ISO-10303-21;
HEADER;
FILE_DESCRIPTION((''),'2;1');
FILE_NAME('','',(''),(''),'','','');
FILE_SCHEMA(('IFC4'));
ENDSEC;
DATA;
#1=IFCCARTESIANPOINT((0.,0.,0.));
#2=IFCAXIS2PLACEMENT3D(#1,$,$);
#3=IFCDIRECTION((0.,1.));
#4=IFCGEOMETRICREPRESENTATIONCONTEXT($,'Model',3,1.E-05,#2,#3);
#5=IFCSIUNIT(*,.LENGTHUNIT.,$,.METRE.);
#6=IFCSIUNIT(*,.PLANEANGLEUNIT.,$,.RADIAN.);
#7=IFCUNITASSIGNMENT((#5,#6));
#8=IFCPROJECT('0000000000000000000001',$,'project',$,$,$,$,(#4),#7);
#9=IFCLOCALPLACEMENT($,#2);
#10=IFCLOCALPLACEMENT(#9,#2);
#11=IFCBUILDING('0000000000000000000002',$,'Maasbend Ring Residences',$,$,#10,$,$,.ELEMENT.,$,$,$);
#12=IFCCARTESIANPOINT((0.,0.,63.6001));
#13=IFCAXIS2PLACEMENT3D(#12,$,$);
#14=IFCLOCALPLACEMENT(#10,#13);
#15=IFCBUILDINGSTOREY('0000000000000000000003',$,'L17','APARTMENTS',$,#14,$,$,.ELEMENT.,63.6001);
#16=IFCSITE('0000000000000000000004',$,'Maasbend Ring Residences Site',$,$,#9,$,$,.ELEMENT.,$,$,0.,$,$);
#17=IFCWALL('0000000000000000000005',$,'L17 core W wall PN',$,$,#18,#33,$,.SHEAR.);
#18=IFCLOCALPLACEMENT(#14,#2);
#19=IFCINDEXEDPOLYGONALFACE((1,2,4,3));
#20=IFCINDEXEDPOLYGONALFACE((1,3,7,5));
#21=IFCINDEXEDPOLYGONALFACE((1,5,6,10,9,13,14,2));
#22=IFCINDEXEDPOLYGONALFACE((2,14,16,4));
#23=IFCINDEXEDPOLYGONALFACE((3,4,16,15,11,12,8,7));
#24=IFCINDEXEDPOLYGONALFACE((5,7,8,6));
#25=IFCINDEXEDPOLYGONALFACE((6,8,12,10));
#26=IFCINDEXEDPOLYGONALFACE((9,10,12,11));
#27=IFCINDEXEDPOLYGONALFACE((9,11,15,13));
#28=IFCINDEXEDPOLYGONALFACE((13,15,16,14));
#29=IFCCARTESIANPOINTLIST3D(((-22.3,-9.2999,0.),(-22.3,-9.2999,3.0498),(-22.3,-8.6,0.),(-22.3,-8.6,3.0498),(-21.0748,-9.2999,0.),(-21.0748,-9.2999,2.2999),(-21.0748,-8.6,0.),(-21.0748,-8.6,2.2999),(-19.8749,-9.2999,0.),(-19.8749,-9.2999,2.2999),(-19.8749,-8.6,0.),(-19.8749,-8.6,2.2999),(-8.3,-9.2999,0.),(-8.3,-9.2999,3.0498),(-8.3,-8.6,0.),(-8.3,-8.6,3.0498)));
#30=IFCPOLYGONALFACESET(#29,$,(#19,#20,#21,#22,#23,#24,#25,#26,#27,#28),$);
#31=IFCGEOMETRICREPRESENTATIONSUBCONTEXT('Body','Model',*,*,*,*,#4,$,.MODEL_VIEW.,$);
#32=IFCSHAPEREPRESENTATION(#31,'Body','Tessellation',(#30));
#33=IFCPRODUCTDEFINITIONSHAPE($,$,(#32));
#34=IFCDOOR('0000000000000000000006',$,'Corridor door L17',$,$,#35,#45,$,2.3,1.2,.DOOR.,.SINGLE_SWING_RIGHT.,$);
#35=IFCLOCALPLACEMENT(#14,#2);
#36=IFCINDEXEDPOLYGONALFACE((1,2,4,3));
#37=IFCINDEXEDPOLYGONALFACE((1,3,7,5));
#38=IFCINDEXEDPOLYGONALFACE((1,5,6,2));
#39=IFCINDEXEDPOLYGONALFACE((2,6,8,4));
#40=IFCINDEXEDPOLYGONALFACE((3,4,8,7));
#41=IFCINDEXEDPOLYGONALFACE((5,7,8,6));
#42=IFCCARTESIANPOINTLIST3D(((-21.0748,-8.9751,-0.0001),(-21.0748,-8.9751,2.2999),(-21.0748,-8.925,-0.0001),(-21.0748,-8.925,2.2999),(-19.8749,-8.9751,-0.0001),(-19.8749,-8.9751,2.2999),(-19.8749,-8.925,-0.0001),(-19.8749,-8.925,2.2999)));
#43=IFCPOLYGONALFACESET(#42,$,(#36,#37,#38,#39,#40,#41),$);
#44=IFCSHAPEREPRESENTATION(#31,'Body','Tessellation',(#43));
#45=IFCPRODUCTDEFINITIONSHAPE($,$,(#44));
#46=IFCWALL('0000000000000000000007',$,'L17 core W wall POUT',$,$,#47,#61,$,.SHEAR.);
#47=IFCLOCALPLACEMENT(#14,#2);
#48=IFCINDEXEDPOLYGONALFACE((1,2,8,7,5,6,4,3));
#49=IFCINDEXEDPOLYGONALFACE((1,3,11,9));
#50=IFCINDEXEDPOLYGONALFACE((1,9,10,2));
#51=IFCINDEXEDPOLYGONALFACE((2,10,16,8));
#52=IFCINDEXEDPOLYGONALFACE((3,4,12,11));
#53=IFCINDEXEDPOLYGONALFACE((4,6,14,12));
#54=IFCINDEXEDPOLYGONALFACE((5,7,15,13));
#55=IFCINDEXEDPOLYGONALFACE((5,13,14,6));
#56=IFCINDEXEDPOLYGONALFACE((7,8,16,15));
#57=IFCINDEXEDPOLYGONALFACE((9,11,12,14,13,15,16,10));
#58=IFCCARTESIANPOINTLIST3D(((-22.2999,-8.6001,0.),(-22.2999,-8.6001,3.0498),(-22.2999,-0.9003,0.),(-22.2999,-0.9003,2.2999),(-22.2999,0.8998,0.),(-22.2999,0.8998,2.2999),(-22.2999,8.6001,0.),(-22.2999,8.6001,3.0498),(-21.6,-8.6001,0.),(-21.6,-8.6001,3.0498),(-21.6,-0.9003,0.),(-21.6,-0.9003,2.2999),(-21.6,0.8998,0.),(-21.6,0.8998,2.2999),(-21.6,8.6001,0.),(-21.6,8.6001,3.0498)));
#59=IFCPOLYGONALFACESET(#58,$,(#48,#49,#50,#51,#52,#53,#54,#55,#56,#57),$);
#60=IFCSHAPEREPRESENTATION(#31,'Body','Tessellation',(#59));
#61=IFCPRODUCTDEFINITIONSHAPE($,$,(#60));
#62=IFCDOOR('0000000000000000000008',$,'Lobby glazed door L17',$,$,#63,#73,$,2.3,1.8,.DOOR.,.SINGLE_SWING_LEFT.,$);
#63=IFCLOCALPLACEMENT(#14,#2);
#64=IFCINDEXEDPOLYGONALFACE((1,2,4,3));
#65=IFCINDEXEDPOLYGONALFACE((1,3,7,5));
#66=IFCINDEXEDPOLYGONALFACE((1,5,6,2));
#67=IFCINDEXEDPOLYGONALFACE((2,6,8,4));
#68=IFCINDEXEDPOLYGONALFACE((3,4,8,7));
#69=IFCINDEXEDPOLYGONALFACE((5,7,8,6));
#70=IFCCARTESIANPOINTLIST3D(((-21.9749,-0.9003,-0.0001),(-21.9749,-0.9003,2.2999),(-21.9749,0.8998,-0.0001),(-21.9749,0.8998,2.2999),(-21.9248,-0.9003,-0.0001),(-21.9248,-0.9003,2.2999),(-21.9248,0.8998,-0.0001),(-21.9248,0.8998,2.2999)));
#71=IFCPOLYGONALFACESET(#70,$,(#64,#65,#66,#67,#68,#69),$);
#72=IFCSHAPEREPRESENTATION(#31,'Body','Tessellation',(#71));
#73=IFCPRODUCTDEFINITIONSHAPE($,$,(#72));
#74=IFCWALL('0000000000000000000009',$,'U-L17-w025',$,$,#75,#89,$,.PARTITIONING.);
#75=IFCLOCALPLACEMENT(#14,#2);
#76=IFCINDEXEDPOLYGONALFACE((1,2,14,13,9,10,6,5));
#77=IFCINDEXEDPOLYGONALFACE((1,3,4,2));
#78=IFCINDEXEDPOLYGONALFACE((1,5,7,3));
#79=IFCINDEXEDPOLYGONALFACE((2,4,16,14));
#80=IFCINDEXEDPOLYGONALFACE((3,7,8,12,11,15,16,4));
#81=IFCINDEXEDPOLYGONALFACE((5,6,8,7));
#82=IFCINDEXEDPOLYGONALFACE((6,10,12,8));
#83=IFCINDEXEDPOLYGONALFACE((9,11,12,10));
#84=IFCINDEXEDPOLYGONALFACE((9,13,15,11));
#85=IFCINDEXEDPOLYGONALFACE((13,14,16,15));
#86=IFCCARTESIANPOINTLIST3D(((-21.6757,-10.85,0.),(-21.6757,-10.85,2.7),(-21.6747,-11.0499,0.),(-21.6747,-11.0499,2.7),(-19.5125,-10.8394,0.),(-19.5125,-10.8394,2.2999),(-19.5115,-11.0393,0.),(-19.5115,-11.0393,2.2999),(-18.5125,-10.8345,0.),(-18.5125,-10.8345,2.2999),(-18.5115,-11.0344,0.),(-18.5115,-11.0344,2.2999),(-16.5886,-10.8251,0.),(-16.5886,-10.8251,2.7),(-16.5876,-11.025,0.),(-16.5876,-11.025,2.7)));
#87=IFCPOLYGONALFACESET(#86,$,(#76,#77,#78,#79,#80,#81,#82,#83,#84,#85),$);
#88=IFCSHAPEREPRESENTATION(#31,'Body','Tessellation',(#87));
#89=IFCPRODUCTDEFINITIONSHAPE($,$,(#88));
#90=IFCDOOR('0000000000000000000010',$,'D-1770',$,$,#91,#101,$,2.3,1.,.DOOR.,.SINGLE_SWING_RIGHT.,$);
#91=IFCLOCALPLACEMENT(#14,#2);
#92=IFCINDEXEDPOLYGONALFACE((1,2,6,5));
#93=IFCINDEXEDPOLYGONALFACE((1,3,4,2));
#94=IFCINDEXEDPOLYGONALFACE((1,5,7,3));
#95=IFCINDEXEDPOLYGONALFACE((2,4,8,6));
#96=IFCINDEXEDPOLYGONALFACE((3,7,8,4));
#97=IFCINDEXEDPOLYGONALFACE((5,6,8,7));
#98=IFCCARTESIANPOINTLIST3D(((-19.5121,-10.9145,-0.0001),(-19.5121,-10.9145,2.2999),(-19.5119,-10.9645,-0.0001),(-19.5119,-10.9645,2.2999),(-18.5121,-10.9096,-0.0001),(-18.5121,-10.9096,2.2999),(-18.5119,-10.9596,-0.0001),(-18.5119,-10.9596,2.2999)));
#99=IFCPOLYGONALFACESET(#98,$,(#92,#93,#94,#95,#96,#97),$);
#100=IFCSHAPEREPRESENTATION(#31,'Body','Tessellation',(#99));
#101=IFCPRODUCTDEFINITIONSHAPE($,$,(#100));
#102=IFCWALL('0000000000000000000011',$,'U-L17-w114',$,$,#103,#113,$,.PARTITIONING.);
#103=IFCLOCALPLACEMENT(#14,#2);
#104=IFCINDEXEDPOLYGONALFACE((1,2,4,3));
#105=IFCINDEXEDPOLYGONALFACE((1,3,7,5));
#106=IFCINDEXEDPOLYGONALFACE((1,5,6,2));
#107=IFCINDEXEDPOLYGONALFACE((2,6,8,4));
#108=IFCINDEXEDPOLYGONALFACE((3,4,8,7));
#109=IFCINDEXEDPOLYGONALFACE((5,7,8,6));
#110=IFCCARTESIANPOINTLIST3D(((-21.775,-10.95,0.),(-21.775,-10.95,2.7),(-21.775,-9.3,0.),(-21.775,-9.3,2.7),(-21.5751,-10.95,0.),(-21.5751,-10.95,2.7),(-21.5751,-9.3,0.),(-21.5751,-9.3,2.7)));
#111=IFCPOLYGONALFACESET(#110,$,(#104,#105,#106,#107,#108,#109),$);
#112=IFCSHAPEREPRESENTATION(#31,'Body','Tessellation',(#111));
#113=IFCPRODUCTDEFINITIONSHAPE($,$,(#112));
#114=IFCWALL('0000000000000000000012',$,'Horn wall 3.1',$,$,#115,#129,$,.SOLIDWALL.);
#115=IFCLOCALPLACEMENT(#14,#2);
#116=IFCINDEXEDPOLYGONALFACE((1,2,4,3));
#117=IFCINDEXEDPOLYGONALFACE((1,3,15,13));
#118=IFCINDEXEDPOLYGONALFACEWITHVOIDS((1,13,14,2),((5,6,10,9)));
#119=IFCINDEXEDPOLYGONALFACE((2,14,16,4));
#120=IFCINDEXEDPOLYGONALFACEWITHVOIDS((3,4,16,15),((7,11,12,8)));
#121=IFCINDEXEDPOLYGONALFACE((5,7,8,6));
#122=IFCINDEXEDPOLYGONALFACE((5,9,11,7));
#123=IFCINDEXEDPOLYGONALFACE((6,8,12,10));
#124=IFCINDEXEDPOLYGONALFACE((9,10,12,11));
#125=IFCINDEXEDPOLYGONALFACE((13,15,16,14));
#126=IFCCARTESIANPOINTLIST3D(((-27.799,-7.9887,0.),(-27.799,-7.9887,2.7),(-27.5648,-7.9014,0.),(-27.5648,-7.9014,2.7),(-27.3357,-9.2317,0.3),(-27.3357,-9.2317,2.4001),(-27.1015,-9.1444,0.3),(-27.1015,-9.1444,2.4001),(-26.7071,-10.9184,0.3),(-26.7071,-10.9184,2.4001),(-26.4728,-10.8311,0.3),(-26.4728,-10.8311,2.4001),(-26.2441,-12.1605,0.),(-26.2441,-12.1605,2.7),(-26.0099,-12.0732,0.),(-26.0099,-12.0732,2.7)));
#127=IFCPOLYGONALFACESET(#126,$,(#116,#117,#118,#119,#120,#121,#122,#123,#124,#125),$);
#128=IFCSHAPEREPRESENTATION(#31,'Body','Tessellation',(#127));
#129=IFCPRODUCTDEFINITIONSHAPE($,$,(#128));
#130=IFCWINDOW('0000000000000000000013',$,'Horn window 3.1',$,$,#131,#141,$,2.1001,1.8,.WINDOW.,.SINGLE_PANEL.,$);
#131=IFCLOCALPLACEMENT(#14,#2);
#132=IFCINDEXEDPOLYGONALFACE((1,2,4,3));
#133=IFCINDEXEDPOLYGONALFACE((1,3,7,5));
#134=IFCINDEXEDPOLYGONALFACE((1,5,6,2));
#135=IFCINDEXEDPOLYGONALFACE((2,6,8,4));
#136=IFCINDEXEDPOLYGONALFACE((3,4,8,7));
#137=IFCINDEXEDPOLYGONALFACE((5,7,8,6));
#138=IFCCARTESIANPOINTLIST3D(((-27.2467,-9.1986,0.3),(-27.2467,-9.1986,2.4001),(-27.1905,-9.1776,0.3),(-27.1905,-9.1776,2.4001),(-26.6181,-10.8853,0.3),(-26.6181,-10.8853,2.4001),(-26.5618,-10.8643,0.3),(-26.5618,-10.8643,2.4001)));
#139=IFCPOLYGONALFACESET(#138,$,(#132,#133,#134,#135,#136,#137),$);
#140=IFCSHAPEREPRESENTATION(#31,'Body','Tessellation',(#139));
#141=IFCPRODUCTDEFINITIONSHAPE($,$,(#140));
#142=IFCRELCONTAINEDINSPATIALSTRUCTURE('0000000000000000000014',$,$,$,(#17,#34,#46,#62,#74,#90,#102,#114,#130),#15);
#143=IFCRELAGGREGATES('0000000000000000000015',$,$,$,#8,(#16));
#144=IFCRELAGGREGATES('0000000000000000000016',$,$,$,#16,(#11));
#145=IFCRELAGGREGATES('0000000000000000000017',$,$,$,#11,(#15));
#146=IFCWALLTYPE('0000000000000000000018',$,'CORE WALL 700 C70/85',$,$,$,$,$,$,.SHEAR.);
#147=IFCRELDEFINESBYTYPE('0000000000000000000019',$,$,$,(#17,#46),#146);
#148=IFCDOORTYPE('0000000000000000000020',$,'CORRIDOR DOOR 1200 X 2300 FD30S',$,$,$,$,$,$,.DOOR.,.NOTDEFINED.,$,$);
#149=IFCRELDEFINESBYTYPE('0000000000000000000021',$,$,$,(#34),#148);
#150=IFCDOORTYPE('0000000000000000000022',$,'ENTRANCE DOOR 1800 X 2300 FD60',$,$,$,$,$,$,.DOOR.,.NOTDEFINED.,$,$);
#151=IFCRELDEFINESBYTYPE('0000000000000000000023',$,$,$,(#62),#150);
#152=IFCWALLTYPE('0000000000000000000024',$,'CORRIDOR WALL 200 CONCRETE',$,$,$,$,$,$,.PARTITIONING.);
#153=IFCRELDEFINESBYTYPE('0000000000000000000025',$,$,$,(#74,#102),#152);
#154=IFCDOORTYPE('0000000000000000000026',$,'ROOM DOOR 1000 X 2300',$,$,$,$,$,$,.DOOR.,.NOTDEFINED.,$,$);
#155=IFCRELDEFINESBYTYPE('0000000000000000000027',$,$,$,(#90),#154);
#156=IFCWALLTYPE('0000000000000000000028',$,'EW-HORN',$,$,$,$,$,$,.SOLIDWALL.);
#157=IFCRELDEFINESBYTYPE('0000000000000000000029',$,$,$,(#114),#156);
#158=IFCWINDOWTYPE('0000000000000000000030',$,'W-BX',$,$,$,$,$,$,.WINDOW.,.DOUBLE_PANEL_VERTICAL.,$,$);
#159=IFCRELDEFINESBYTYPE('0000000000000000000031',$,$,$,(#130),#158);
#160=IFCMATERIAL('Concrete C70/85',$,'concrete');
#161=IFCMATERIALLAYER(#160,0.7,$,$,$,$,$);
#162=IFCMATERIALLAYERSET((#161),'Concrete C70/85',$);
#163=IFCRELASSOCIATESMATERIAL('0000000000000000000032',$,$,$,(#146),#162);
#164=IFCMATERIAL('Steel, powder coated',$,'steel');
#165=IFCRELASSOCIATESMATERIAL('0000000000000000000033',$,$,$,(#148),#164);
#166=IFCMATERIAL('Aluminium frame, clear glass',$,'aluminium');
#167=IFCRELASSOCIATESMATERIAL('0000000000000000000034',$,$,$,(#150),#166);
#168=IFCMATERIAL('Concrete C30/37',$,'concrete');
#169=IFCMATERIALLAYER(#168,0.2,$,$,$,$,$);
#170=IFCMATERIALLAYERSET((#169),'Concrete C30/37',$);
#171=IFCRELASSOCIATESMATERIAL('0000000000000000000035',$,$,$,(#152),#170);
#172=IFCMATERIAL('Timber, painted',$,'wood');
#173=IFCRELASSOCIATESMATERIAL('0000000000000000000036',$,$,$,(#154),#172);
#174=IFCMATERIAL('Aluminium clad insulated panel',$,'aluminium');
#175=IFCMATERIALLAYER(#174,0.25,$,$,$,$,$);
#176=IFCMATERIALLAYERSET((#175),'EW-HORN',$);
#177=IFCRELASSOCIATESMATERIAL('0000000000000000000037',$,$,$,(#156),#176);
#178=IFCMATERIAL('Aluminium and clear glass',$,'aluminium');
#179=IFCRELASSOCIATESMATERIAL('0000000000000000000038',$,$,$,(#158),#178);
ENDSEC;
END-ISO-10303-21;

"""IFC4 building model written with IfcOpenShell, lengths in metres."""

from ifc_helpers import new_model, si_unit, direction, frame, frame_2d, origin, place, context, subcontext, project, spatial, rectangle, extrude, material, layer, layer_set, type_object, element, fill, save


model = new_model("IFC4")

# Units and contexts
model_context = context("Model", 3, precision=1e-05, world=origin(), true_north=direction((0.0, 1.0)))
body_context = subcontext(model_context, "Body", "Model", "MODEL_VIEW")
ifc_project = project(units=[si_unit("LENGTHUNIT", "METRE"), si_unit("PLANEANGLEUNIT", "RADIAN")], contexts=[model_context])

# Site, building, storey
site_placement = place(None, origin())
site = spatial("IfcSite", under=ifc_project, at=site_placement, Name="Maasbend Ring Residences Site", CompositionType="ELEMENT", RefElevation=0.0)
building_placement = place(site_placement, origin())
building = spatial("IfcBuilding", under=site, at=building_placement, Name="Maasbend Ring Residences", CompositionType="ELEMENT")
storey_placement = place(building_placement, frame((0.0, 0.0, 63.6001)))
storey = spatial("IfcBuildingStorey", under=building, at=storey_placement, Name="L17", Description="APARTMENTS", CompositionType="ELEMENT", Elevation=63.6001)

# Walls, openings, doors
ifc_material_1 = material(Name="Concrete C70/85", Category="concrete")
ifc_layer_1 = layer(ifc_material_1, 0.7)
ifc_layer_set_1 = layer_set([ifc_layer_1], Name="Concrete C70/85")
wall_type_1 = type_object("IfcWallType", Name="CORE WALL 700 C70/85", PredefinedType="SHEAR", material=ifc_layer_set_1)
wall_1_placement = place(storey_placement, frame((-22.3, -8.95, 0.0), z_axis=(0.0, 0.0, 1.0), x_axis=(1.0, 0.0, 0.0)))
wall_1 = element("IfcWall", 1, at=wall_1_placement, inside=storey, type_object=wall_type_1, Name="L17 core W wall PN", PredefinedType="SHEAR", context=body_context, shape_type="SweptSolid", body=[
    extrude(rectangle(XDim=14.0, YDim=0.7, at=frame_2d((7.0, 0.0))), origin(), (0.0, 0.0, 1.0), 3.0498),
])
opening_1_placement = place(wall_1_placement, frame((1.2251, 0.0, 0.0)))
opening_1 = element("IfcOpeningElement", 2, at=opening_1_placement, cuts=wall_1, PredefinedType="OPENING", context=body_context, shape_type="SweptSolid", body=[
    extrude(rectangle(XDim=1.2, YDim=2.3, at=frame_2d((0.6001, 1.1499))), frame((0.0, 0.3599, 0.0), z_axis=(0.0, -1.0, 0.0), x_axis=(1.0, 0.0, 0.0)), (0.0, 0.0, 1.0), 0.72),
])
ifc_material_2 = material(Name="Steel, powder coated", Category="steel")
door_type_1 = type_object("IfcDoorType", Name="CORRIDOR DOOR 1200 X 2300 FD30S", OperationType="NOTDEFINED", PredefinedType="DOOR", material=ifc_material_2)
door_1_placement = place(opening_1_placement, origin())
door_1 = element("IfcDoor", 3, at=door_1_placement, inside=storey, type_object=door_type_1, Name="Corridor door L17", OperationType="SINGLE_SWING_RIGHT", OverallHeight=2.3, OverallWidth=1.2, PredefinedType="DOOR", context=body_context, shape_type="SweptSolid", body=[
    extrude(rectangle(XDim=1.2, YDim=2.3, at=frame_2d((0.6001, 1.1499))), frame((0.0, 0.0249, 0.0), z_axis=(0.0, -1.0, 0.0), x_axis=(1.0, 0.0, 0.0)), (0.0, 0.0, 1.0), 0.05),
])
fill(opening_1, door_1)
wall_2_placement = place(storey_placement, frame((-21.95, -8.6001, 0.0), z_axis=(0.0, 0.0, 1.0), x_axis=(0.0, 1.0, 0.0)))
wall_2 = element("IfcWall", 4, at=wall_2_placement, inside=storey, type_object=wall_type_1, Name="L17 core W wall POUT", PredefinedType="SHEAR", context=body_context, shape_type="SweptSolid", body=[
    extrude(rectangle(XDim=17.2002, YDim=0.7, at=frame_2d((8.6001, 0.0))), origin(), (0.0, 0.0, 1.0), 3.0498),
])
opening_2_placement = place(wall_2_placement, frame((7.7, 0.0, 0.0)))
opening_2 = element("IfcOpeningElement", 5, at=opening_2_placement, cuts=wall_2, PredefinedType="OPENING", context=body_context, shape_type="SweptSolid", body=[
    extrude(rectangle(XDim=1.8, YDim=2.3, at=frame_2d((0.8999, 1.1499))), frame((0.0, 0.3599, 0.0), z_axis=(0.0, -1.0, 0.0), x_axis=(1.0, 0.0, 0.0)), (0.0, 0.0, 1.0), 0.72),
])
ifc_material_3 = material(Name="Aluminium frame, clear glass", Category="aluminium")
door_type_2 = type_object("IfcDoorType", Name="ENTRANCE DOOR 1800 X 2300 FD60", OperationType="NOTDEFINED", PredefinedType="DOOR", material=ifc_material_3)
door_2_placement = place(opening_2_placement, origin())
door_2 = element("IfcDoor", 6, at=door_2_placement, inside=storey, type_object=door_type_2, Name="Lobby glazed door L17", OperationType="SINGLE_SWING_LEFT", OverallHeight=2.3, OverallWidth=1.8, PredefinedType="DOOR", context=body_context, shape_type="SweptSolid", body=[
    extrude(rectangle(XDim=1.8, YDim=2.3, at=frame_2d((0.8999, 1.1499))), frame((0.0, 0.0249, 0.0), z_axis=(0.0, -1.0, 0.0), x_axis=(1.0, 0.0, 0.0)), (0.0, 0.0, 1.0), 0.05),
])
fill(opening_2, door_2)
ifc_material_4 = material(Name="Concrete C30/37", Category="concrete")
ifc_layer_2 = layer(ifc_material_4, 0.2)
ifc_layer_set_2 = layer_set([ifc_layer_2], Name="Concrete C30/37")
wall_type_2 = type_object("IfcWallType", Name="CORRIDOR WALL 200 CONCRETE", PredefinedType="PARTITIONING", material=ifc_layer_set_2)
wall_3_placement = place(storey_placement, frame((-21.675, -10.95, 0.0), z_axis=(0.0, 0.0, 1.0), x_axis=(0.999988, 0.004895, 0.0)))
wall_3 = element("IfcWall", 7, at=wall_3_placement, inside=storey, type_object=wall_type_2, Name="U-L17-w025", PredefinedType="PARTITIONING", context=body_context, shape_type="SweptSolid", body=[
    extrude(rectangle(XDim=5.0872, YDim=0.2, at=frame_2d((2.5435, 0.0))), origin(), (0.0, 0.0, 1.0), 2.7),
])
opening_3_placement = place(wall_3_placement, frame((2.1631, 0.0, 0.0)))
opening_3 = element("IfcOpeningElement", 8, at=opening_3_placement, cuts=wall_3, PredefinedType="OPENING", context=body_context, shape_type="SweptSolid", body=[
    extrude(rectangle(XDim=1.0, YDim=2.3, at=frame_2d((0.5, 1.1499))), frame((0.0, 0.1099, 0.0), z_axis=(0.0, -1.0, 0.0), x_axis=(1.0, 0.0, 0.0)), (0.0, 0.0, 1.0), 0.22),
])
ifc_material_5 = material(Name="Timber, painted", Category="wood")
door_type_3 = type_object("IfcDoorType", Name="ROOM DOOR 1000 X 2300", OperationType="NOTDEFINED", PredefinedType="DOOR", material=ifc_material_5)
door_3_placement = place(opening_3_placement, origin())
door_3 = element("IfcDoor", 9, at=door_3_placement, inside=storey, type_object=door_type_3, Name="D-1770", OperationType="SINGLE_SWING_RIGHT", OverallHeight=2.3, OverallWidth=1.0, PredefinedType="DOOR", context=body_context, shape_type="SweptSolid", body=[
    extrude(rectangle(XDim=1.0, YDim=2.3, at=frame_2d((0.5, 1.1499))), frame((0.0, 0.0249, 0.0), z_axis=(0.0, -1.0, 0.0), x_axis=(1.0, 0.0, 0.0)), (0.0, 0.0, 1.0), 0.05),
])
fill(opening_3, door_3)

# Wall
wall_4_placement = place(storey_placement, frame((-21.675, -10.95, 0.0), z_axis=(0.0, 0.0, 1.0), x_axis=(0.0, 1.0, 0.0)))
element("IfcWall", 10, at=wall_4_placement, inside=storey, type_object=wall_type_2, Name="U-L17-w114", PredefinedType="PARTITIONING", context=body_context, shape_type="SweptSolid", body=[
    extrude(rectangle(XDim=1.6499, YDim=0.2, at=frame_2d((0.825, 0.0))), origin(), (0.0, 0.0, 1.0), 2.7),
])

# Wall, opening, window
ifc_material_6 = material(Name="Aluminium clad insulated panel", Category="aluminium")
ifc_layer_3 = layer(ifc_material_6, 0.25)
ifc_layer_set_3 = layer_set([ifc_layer_3], Name="EW-HORN")
wall_type_3 = type_object("IfcWallType", Name="EW-HORN", PredefinedType="SOLIDWALL", material=ifc_layer_set_3)
wall_5_placement = place(storey_placement, frame((-27.6819, -7.9451, 0.0), z_axis=(0.0, 0.0, 1.0), x_axis=(0.349248, -0.93703, 0.0)))
wall_5 = element("IfcWall", 11, at=wall_5_placement, inside=storey, type_object=wall_type_3, Name="Horn wall 3.1", PredefinedType="SOLIDWALL", context=body_context, shape_type="SweptSolid", body=[
    extrude(rectangle(XDim=4.4521, YDim=0.25, at=frame_2d((2.2261, 0.0))), origin(), (0.0, 0.0, 1.0), 2.7),
])
opening_4_placement = place(wall_5_placement, frame((1.3267, 0.0, 0.3)))
opening_4 = element("IfcOpeningElement", 12, at=opening_4_placement, cuts=wall_5, PredefinedType="OPENING", context=body_context, shape_type="SweptSolid", body=[
    extrude(rectangle(XDim=1.8, YDim=2.1001, at=frame_2d((0.8999, 1.05))), frame((0.0, 0.135, 0.0), z_axis=(0.0, -1.0, 0.0), x_axis=(1.0, 0.0, 0.0)), (0.0, 0.0, 1.0), 0.27),
])
ifc_material_7 = material(Name="Aluminium and clear glass", Category="aluminium")
window_type_1 = type_object("IfcWindowType", Name="W-BX", PartitioningType="DOUBLE_PANEL_VERTICAL", PredefinedType="WINDOW", material=ifc_material_7)
window_1_placement = place(opening_4_placement, origin())
window_1 = element("IfcWindow", 13, at=window_1_placement, inside=storey, type_object=window_type_1, Name="Horn window 3.1", OverallHeight=2.1001, OverallWidth=1.8, PartitioningType="SINGLE_PANEL", PredefinedType="WINDOW", context=body_context, shape_type="SweptSolid", body=[
    extrude(rectangle(XDim=1.8, YDim=2.1001, at=frame_2d((0.8999, 1.05))), frame((0.0, 0.03, 0.0), z_axis=(0.0, -1.0, 0.0), x_axis=(1.0, 0.0, 0.0)), (0.0, 0.0, 1.0), 0.0601),
])
fill(opening_4, window_1)

save(model, "model.ifc")
